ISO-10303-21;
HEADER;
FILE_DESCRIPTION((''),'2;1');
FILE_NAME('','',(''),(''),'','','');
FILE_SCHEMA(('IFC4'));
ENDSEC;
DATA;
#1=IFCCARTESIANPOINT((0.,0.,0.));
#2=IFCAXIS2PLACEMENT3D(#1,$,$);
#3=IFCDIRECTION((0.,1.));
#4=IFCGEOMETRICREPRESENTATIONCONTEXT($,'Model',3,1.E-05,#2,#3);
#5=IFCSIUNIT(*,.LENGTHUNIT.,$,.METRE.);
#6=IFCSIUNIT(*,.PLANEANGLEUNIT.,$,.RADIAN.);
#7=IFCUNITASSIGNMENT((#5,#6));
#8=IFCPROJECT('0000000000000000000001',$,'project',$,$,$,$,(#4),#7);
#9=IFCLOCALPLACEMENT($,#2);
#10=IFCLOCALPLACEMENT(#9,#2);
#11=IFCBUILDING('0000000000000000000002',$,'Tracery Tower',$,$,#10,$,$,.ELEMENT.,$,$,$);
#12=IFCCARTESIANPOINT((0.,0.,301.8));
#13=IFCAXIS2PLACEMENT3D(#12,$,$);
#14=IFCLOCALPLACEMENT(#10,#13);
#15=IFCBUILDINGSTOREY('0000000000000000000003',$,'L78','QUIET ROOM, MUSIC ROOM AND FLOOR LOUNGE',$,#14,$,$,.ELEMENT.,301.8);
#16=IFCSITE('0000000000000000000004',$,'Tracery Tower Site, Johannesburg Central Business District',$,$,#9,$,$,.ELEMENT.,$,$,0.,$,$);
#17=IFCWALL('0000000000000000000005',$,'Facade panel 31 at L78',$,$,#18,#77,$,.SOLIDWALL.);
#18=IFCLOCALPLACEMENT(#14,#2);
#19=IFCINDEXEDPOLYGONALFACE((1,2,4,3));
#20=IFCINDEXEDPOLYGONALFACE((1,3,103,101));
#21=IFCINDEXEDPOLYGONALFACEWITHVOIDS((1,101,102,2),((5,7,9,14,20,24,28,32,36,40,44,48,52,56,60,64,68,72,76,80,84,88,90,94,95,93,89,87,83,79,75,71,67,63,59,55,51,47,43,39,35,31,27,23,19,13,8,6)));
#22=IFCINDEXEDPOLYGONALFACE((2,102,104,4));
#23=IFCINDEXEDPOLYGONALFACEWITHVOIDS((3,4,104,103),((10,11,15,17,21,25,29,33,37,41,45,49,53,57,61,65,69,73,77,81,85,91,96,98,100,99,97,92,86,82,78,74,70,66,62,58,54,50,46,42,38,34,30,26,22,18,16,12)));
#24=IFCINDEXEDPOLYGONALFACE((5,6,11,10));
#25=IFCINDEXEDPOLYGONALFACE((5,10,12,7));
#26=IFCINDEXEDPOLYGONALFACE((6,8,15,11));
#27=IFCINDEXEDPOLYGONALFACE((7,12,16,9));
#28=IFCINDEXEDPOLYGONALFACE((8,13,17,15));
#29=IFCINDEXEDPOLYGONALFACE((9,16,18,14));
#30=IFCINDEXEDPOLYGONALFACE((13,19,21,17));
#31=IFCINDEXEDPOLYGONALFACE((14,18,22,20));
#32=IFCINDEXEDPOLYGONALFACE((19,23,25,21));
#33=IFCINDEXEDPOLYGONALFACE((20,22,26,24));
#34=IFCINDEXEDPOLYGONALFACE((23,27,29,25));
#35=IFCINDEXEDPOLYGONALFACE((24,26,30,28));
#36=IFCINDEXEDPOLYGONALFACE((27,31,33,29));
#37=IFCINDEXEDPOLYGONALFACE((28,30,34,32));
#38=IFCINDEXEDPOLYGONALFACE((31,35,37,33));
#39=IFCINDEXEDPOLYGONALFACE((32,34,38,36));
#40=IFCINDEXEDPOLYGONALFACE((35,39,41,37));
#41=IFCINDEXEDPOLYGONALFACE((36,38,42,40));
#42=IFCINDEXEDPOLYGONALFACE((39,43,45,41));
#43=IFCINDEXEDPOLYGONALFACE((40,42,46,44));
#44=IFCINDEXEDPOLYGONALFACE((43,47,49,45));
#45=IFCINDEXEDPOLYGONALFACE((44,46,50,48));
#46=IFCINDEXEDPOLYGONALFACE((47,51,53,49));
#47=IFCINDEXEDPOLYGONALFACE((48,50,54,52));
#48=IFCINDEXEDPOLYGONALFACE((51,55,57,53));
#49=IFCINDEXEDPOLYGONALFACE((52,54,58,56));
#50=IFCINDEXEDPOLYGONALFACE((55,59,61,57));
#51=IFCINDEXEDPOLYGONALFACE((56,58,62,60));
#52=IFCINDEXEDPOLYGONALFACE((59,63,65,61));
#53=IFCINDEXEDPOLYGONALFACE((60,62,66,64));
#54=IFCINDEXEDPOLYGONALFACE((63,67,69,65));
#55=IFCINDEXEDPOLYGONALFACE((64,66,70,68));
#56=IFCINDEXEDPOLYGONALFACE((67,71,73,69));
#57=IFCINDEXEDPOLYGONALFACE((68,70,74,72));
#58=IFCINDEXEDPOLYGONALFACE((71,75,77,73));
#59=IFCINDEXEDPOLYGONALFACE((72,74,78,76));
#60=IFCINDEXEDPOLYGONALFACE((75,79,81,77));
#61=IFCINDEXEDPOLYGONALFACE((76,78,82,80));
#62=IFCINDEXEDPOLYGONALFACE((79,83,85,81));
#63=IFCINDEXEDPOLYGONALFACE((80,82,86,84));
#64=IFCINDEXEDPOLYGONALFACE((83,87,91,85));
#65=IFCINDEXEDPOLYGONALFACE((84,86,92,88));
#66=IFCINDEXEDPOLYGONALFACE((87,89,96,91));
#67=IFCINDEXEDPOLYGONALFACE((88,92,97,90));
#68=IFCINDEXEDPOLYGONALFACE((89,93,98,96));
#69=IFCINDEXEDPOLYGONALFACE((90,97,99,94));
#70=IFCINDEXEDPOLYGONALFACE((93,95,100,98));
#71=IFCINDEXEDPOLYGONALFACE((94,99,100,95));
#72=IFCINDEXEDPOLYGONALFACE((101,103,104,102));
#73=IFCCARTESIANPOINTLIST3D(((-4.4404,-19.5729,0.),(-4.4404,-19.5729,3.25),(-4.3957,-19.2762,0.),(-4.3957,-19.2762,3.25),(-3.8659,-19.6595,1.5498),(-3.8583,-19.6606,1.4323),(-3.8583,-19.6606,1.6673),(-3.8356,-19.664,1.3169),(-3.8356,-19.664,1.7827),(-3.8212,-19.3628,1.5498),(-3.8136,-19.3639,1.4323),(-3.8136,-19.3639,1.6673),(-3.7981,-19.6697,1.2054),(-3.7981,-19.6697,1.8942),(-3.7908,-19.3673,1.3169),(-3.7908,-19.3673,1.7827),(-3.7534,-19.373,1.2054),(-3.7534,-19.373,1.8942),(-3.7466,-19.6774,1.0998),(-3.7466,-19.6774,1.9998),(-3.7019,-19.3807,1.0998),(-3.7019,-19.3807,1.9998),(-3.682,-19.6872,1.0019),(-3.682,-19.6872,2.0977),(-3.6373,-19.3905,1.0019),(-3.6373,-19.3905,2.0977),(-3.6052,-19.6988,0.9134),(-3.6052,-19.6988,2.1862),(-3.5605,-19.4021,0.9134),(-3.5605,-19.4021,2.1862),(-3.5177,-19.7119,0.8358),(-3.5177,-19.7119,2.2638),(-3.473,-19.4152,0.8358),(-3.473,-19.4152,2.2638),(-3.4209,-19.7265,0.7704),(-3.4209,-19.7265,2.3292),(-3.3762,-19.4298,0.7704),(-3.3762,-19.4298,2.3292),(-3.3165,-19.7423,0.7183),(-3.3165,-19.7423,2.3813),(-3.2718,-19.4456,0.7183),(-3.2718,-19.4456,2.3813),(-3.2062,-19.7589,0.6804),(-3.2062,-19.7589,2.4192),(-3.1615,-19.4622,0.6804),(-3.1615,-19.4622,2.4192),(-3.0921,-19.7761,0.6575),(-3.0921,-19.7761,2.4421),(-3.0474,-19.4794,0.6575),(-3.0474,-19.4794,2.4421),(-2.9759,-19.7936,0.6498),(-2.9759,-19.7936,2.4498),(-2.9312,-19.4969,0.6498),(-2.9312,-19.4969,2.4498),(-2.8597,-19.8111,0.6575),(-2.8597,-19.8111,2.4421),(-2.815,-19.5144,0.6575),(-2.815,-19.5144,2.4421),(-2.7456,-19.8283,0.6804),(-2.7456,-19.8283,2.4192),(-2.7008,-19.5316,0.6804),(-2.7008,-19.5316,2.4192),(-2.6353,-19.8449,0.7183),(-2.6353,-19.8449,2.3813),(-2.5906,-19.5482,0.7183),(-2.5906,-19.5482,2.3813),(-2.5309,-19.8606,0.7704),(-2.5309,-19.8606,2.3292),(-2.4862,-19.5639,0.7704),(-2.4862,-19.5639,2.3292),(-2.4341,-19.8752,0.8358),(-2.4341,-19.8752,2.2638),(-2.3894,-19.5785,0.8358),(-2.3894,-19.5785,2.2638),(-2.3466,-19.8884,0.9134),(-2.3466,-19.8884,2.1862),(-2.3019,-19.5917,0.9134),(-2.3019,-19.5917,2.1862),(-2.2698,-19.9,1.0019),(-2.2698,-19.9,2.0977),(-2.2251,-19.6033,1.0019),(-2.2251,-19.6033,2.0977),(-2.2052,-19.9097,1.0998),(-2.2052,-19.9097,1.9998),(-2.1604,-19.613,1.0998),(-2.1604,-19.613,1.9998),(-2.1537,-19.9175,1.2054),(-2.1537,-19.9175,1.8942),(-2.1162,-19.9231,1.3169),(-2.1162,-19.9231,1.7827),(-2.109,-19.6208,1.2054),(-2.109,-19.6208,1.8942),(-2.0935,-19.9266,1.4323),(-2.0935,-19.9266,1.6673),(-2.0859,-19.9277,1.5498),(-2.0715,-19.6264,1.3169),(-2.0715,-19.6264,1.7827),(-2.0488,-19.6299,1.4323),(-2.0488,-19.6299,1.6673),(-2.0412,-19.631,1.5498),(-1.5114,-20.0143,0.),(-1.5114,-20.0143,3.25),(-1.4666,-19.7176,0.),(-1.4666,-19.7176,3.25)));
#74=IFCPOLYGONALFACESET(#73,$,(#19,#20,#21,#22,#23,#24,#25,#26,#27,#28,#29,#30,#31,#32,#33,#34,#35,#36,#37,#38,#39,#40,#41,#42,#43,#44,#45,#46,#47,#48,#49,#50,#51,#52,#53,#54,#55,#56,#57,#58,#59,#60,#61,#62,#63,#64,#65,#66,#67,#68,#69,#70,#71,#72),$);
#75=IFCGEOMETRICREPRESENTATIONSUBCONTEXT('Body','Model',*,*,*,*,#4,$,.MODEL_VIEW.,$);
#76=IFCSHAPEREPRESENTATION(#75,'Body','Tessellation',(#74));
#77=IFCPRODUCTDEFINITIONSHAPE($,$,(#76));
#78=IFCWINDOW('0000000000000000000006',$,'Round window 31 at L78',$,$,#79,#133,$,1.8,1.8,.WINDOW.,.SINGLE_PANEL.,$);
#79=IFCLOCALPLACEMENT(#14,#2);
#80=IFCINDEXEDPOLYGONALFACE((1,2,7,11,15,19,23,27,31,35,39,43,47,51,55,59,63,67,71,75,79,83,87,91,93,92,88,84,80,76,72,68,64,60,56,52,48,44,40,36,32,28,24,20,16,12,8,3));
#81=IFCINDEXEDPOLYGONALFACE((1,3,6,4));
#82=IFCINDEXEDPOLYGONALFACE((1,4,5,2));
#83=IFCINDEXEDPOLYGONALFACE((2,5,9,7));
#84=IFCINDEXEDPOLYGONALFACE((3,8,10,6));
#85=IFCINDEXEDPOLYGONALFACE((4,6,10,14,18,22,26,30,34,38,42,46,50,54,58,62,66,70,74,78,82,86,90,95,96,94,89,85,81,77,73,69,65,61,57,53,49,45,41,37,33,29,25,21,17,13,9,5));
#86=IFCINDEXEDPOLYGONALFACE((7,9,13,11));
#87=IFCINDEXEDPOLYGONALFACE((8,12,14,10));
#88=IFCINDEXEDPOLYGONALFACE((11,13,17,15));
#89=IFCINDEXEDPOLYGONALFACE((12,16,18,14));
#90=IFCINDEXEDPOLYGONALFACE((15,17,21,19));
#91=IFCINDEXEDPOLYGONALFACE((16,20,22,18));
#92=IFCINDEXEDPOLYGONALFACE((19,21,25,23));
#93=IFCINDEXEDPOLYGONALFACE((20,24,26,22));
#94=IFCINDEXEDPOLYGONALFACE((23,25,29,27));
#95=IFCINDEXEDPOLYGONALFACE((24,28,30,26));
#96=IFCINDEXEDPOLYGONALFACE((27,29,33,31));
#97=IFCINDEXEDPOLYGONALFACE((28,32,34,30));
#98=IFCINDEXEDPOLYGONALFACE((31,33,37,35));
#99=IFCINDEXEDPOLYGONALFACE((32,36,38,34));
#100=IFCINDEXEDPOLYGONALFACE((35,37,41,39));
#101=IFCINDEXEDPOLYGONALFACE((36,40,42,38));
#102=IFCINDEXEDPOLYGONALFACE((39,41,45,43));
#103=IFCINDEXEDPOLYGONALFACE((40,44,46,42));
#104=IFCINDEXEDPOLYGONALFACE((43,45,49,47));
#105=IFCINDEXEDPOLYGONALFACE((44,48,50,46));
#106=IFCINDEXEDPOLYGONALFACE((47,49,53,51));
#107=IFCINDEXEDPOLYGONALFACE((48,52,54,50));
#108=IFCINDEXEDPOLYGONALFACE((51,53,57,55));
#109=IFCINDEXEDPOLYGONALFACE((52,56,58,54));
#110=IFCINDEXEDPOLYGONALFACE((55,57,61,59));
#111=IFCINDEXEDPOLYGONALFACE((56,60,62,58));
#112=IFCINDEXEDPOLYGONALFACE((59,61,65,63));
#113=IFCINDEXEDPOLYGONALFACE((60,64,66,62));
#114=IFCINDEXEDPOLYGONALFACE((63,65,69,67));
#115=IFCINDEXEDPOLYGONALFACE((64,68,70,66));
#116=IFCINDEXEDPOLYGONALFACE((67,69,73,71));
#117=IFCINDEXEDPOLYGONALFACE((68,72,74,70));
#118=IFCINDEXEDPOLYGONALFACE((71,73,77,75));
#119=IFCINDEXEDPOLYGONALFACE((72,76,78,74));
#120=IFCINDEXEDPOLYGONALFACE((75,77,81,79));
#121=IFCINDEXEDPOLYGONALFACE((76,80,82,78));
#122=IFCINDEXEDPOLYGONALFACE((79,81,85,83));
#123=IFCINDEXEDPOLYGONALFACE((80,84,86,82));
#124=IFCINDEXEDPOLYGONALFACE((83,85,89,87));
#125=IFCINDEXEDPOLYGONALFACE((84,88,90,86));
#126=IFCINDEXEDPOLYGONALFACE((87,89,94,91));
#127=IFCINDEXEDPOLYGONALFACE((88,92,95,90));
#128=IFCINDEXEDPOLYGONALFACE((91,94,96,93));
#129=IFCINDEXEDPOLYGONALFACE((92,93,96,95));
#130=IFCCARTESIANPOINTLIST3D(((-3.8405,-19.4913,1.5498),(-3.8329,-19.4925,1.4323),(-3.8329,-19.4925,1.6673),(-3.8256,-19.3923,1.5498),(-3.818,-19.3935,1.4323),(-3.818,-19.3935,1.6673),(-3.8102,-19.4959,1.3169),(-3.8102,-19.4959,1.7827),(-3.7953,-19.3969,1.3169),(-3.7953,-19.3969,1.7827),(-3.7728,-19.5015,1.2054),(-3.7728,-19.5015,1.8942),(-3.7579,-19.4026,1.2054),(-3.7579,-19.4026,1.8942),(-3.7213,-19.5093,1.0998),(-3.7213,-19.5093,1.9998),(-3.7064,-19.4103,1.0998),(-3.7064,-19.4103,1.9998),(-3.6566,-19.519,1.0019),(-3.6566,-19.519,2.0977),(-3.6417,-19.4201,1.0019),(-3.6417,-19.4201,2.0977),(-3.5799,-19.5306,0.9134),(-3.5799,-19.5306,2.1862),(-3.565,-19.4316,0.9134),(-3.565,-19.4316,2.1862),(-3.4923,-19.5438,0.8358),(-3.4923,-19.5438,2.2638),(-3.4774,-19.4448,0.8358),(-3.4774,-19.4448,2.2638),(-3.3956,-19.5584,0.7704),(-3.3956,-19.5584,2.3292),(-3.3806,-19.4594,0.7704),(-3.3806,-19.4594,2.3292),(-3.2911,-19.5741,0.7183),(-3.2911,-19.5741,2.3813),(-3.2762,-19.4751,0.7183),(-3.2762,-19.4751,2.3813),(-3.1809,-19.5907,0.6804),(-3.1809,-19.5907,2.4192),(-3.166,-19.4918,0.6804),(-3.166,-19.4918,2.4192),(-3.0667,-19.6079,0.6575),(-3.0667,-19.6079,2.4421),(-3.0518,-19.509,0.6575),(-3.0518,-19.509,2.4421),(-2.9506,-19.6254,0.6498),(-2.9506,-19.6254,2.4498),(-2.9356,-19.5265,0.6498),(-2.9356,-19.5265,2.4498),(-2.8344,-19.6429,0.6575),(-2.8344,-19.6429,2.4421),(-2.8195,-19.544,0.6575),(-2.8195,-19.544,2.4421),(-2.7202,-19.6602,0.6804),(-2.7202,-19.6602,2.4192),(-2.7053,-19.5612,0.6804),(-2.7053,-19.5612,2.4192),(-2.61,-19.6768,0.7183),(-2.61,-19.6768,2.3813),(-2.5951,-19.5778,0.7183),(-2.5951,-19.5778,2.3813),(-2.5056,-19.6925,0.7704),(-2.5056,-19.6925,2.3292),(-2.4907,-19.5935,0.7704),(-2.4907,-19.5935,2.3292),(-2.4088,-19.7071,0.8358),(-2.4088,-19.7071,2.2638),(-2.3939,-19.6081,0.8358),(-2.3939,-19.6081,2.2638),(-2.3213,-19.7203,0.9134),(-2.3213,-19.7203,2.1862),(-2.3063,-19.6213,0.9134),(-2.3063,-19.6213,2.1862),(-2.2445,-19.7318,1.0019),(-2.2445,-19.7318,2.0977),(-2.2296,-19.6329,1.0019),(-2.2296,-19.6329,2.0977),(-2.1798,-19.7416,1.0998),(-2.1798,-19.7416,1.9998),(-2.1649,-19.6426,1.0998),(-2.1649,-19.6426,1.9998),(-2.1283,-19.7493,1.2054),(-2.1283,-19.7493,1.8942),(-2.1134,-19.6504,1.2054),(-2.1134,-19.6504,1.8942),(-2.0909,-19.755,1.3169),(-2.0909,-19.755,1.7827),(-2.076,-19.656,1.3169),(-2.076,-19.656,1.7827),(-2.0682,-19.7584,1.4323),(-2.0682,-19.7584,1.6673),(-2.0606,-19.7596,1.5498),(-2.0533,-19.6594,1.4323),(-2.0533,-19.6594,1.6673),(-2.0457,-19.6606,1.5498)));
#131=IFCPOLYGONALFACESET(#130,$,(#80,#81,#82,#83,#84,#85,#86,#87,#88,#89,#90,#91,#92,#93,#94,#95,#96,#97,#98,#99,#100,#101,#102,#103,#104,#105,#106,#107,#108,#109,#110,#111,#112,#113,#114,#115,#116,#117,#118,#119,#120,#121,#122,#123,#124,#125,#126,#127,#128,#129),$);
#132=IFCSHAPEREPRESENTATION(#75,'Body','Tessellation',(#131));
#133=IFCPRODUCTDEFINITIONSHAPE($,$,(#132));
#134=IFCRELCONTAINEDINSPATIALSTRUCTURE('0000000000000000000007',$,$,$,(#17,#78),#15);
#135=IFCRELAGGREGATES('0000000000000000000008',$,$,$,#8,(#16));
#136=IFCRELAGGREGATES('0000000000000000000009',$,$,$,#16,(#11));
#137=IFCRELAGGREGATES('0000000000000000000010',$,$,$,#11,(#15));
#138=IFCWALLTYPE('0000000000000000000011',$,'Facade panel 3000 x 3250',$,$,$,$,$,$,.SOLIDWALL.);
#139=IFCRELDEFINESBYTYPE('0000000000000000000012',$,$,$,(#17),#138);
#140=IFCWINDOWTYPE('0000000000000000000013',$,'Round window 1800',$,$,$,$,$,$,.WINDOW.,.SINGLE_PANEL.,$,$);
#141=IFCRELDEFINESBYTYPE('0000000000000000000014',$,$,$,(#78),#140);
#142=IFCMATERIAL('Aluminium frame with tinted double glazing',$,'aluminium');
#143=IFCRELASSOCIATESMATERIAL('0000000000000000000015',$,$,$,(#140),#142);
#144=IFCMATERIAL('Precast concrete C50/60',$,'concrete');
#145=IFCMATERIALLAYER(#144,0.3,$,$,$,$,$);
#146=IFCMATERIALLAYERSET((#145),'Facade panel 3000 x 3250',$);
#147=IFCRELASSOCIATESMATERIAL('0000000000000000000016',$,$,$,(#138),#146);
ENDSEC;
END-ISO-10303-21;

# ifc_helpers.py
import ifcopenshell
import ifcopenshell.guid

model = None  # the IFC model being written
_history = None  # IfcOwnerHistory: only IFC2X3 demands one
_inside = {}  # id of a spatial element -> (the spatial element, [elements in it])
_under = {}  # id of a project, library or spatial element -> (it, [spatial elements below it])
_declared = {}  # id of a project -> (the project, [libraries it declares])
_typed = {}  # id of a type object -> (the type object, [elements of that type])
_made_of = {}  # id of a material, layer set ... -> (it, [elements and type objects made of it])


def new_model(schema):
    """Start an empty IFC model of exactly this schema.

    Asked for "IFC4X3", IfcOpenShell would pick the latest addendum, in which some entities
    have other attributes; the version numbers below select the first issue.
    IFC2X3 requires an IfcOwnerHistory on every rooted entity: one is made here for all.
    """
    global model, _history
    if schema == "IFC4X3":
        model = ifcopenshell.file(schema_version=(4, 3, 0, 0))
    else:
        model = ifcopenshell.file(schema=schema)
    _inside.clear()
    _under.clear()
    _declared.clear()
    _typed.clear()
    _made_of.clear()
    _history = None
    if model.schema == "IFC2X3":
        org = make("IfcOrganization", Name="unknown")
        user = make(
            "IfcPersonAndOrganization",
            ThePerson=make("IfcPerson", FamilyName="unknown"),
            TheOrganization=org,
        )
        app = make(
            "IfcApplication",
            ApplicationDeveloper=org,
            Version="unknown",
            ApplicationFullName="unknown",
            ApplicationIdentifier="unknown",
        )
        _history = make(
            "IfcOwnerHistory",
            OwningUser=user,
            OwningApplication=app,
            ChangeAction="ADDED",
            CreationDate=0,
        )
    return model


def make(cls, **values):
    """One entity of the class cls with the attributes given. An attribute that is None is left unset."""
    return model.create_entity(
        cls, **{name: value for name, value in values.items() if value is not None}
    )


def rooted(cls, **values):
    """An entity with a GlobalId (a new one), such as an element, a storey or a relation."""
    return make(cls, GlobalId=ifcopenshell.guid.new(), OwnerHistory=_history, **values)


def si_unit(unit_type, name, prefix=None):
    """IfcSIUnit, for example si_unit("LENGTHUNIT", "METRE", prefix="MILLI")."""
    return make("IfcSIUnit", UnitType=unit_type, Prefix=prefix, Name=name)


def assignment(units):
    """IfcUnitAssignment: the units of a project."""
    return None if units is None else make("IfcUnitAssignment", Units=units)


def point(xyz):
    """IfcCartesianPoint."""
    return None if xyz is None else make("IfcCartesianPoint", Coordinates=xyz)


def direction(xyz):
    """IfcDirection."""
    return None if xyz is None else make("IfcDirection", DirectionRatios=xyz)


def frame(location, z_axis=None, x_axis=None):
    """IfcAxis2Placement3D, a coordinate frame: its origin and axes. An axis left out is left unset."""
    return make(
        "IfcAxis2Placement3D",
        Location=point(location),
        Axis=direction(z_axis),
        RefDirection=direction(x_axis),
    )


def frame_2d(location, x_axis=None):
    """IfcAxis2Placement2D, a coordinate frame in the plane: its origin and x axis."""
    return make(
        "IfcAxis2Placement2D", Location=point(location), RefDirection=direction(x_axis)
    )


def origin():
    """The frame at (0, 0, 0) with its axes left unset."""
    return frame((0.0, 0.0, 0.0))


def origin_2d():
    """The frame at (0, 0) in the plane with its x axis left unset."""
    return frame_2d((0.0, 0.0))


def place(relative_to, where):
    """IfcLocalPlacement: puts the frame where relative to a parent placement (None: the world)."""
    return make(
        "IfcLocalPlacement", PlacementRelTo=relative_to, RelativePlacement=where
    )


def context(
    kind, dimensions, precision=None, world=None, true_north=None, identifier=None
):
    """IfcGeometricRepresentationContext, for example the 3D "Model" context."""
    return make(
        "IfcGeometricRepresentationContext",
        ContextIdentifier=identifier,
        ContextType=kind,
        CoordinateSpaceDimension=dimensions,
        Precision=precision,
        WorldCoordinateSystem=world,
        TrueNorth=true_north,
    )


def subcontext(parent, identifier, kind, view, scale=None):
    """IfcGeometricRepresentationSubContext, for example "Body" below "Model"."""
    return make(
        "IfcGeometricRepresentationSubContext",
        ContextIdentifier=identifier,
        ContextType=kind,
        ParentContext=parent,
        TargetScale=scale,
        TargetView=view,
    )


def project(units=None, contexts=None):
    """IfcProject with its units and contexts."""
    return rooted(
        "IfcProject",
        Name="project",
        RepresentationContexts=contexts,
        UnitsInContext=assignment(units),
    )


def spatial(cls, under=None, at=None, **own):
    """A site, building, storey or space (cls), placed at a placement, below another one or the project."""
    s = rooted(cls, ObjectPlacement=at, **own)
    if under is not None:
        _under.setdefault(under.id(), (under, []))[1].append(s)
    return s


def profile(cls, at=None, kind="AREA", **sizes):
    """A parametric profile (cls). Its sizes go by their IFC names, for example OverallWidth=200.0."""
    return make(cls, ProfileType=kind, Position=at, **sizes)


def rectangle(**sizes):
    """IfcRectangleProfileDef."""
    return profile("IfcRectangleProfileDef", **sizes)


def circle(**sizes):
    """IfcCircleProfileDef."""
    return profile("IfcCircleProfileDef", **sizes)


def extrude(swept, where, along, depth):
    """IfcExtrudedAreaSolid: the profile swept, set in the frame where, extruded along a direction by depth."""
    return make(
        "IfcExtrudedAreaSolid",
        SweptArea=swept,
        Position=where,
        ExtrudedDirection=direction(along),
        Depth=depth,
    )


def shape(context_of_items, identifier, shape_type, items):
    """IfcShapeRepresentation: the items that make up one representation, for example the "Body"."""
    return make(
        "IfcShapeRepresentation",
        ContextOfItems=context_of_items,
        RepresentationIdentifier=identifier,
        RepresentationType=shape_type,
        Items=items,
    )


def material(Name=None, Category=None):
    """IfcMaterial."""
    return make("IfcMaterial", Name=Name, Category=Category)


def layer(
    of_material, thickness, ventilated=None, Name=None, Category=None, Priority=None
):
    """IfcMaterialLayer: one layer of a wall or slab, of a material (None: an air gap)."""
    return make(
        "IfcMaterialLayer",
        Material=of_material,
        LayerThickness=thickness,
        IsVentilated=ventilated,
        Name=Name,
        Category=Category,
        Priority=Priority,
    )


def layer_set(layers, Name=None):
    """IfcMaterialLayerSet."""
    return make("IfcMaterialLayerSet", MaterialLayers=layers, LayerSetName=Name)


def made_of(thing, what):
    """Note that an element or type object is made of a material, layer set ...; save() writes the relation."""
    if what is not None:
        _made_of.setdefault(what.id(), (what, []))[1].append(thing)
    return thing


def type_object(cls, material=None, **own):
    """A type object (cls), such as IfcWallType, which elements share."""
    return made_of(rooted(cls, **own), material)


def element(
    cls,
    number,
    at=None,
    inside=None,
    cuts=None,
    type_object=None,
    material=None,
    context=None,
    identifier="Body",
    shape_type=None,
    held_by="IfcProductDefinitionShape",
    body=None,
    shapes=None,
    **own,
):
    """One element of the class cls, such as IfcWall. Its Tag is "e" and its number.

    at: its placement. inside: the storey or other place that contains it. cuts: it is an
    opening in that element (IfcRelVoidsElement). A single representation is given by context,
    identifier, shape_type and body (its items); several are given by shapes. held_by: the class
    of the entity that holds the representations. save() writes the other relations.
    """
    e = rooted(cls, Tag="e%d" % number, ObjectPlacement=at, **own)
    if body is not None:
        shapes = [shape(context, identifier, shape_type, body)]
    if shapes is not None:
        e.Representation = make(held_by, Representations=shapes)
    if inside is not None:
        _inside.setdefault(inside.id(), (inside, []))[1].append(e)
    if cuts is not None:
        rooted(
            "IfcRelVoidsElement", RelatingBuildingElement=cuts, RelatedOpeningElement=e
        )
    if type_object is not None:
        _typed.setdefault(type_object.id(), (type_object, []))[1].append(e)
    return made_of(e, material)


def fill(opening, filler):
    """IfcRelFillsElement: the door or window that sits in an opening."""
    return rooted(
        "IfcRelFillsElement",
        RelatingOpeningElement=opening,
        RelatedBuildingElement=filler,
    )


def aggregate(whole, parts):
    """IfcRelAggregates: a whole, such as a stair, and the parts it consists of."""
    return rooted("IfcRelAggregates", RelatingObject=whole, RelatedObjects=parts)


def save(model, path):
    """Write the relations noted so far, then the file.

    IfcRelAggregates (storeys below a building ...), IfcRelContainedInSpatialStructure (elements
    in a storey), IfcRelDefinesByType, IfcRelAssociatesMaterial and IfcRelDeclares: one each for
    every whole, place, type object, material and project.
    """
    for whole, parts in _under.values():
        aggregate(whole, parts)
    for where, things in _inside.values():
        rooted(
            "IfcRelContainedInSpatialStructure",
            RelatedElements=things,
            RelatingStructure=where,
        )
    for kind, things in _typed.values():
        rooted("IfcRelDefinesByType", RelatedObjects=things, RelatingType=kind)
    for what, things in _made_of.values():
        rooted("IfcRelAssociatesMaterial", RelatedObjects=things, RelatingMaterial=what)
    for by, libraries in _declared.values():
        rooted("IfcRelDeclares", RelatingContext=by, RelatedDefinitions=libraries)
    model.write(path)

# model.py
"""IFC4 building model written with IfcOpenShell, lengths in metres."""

from ifc_helpers import new_model, si_unit, direction, frame, frame_2d, origin, origin_2d, place, context, subcontext, project, spatial, rectangle, circle, extrude, material, layer, layer_set, type_object, element, fill, save


model = new_model("IFC4")

# Units and contexts
model_context = context("Model", 3, precision=1e-05, world=origin(), true_north=direction((0.0, 1.0)))
body_context = subcontext(model_context, "Body", "Model", "MODEL_VIEW")
ifc_project = project(units=[si_unit("LENGTHUNIT", "METRE"), si_unit("PLANEANGLEUNIT", "RADIAN")], contexts=[model_context])

# Site, building, storey
site_placement = place(None, origin())
site = spatial("IfcSite", under=ifc_project, at=site_placement, Name="Tracery Tower Site, Johannesburg Central Business District", CompositionType="ELEMENT", RefElevation=0.0)
building_placement = place(site_placement, origin())
building = spatial("IfcBuilding", under=site, at=building_placement, Name="Tracery Tower", CompositionType="ELEMENT")
storey_placement = place(building_placement, frame((0.0, 0.0, 301.8)))
storey = spatial("IfcBuildingStorey", under=building, at=storey_placement, Name="L78", Description="QUIET ROOM, MUSIC ROOM AND FLOOR LOUNGE", CompositionType="ELEMENT", Elevation=301.8)

# Wall, opening, window
ifc_material_1 = material(Name="Aluminium frame with tinted double glazing", Category="aluminium")
window_type = type_object("IfcWindowType", Name="Round window 1800", PartitioningType="SINGLE_PANEL", PredefinedType="WINDOW", material=ifc_material_1)
ifc_material_2 = material(Name="Precast concrete C50/60", Category="concrete")
ifc_layer_1 = layer(ifc_material_2, 0.3)
ifc_layer_set_1 = layer_set([ifc_layer_1], Name="Facade panel 3000 x 3250")
wall_type_1 = type_object("IfcWallType", Name="Facade panel 3000 x 3250", PredefinedType="SOLIDWALL", material=ifc_layer_set_1)
wall_1_placement = place(storey_placement, frame((-4.418, -19.4246, 0.0), z_axis=(0.0, 0.0, 1.0), x_axis=(0.988836, -0.149009, 0.0)))
wall_1 = element("IfcWall", 1, at=wall_1_placement, inside=storey, type_object=wall_type_1, Name="Facade panel 31 at L78", PredefinedType="SOLIDWALL", context=body_context, shape_type="SweptSolid", body=[
    extrude(rectangle(XDim=2.9622, YDim=0.3, at=frame_2d((1.481, 0.0))), origin(), (0.0, 0.0, 1.0), 3.25),
])
opening_1_placement = place(wall_1_placement, frame((1.481, 0.0, 1.5498)))
opening_1 = element("IfcOpeningElement", 2, at=opening_1_placement, cuts=wall_1, PredefinedType="OPENING", context=body_context, shape_type="SweptSolid", body=[
    extrude(circle(Radius=0.9, at=origin_2d()), frame((0.0, 0.1599, 0.0), z_axis=(0.0, -1.0, 0.0), x_axis=(1.0, 0.0, 0.0)), (0.0, 0.0, 1.0), 0.3201),
])
window_1_placement = place(opening_1_placement, origin())
window_1 = element("IfcWindow", 3, at=window_1_placement, inside=storey, type_object=window_type, Name="Round window 31 at L78", OverallHeight=1.8, OverallWidth=1.8, PartitioningType="SINGLE_PANEL", PredefinedType="WINDOW", context=body_context, shape_type="SweptSolid", body=[
    extrude(circle(Radius=0.9, at=origin_2d()), frame((0.0, 0.1201, 0.0), z_axis=(0.0, -1.0, 0.0), x_axis=(1.0, 0.0, 0.0)), (0.0, 0.0, 1.0), 0.1001),
])
fill(opening_1, window_1)

save(model, "model.ifc")
